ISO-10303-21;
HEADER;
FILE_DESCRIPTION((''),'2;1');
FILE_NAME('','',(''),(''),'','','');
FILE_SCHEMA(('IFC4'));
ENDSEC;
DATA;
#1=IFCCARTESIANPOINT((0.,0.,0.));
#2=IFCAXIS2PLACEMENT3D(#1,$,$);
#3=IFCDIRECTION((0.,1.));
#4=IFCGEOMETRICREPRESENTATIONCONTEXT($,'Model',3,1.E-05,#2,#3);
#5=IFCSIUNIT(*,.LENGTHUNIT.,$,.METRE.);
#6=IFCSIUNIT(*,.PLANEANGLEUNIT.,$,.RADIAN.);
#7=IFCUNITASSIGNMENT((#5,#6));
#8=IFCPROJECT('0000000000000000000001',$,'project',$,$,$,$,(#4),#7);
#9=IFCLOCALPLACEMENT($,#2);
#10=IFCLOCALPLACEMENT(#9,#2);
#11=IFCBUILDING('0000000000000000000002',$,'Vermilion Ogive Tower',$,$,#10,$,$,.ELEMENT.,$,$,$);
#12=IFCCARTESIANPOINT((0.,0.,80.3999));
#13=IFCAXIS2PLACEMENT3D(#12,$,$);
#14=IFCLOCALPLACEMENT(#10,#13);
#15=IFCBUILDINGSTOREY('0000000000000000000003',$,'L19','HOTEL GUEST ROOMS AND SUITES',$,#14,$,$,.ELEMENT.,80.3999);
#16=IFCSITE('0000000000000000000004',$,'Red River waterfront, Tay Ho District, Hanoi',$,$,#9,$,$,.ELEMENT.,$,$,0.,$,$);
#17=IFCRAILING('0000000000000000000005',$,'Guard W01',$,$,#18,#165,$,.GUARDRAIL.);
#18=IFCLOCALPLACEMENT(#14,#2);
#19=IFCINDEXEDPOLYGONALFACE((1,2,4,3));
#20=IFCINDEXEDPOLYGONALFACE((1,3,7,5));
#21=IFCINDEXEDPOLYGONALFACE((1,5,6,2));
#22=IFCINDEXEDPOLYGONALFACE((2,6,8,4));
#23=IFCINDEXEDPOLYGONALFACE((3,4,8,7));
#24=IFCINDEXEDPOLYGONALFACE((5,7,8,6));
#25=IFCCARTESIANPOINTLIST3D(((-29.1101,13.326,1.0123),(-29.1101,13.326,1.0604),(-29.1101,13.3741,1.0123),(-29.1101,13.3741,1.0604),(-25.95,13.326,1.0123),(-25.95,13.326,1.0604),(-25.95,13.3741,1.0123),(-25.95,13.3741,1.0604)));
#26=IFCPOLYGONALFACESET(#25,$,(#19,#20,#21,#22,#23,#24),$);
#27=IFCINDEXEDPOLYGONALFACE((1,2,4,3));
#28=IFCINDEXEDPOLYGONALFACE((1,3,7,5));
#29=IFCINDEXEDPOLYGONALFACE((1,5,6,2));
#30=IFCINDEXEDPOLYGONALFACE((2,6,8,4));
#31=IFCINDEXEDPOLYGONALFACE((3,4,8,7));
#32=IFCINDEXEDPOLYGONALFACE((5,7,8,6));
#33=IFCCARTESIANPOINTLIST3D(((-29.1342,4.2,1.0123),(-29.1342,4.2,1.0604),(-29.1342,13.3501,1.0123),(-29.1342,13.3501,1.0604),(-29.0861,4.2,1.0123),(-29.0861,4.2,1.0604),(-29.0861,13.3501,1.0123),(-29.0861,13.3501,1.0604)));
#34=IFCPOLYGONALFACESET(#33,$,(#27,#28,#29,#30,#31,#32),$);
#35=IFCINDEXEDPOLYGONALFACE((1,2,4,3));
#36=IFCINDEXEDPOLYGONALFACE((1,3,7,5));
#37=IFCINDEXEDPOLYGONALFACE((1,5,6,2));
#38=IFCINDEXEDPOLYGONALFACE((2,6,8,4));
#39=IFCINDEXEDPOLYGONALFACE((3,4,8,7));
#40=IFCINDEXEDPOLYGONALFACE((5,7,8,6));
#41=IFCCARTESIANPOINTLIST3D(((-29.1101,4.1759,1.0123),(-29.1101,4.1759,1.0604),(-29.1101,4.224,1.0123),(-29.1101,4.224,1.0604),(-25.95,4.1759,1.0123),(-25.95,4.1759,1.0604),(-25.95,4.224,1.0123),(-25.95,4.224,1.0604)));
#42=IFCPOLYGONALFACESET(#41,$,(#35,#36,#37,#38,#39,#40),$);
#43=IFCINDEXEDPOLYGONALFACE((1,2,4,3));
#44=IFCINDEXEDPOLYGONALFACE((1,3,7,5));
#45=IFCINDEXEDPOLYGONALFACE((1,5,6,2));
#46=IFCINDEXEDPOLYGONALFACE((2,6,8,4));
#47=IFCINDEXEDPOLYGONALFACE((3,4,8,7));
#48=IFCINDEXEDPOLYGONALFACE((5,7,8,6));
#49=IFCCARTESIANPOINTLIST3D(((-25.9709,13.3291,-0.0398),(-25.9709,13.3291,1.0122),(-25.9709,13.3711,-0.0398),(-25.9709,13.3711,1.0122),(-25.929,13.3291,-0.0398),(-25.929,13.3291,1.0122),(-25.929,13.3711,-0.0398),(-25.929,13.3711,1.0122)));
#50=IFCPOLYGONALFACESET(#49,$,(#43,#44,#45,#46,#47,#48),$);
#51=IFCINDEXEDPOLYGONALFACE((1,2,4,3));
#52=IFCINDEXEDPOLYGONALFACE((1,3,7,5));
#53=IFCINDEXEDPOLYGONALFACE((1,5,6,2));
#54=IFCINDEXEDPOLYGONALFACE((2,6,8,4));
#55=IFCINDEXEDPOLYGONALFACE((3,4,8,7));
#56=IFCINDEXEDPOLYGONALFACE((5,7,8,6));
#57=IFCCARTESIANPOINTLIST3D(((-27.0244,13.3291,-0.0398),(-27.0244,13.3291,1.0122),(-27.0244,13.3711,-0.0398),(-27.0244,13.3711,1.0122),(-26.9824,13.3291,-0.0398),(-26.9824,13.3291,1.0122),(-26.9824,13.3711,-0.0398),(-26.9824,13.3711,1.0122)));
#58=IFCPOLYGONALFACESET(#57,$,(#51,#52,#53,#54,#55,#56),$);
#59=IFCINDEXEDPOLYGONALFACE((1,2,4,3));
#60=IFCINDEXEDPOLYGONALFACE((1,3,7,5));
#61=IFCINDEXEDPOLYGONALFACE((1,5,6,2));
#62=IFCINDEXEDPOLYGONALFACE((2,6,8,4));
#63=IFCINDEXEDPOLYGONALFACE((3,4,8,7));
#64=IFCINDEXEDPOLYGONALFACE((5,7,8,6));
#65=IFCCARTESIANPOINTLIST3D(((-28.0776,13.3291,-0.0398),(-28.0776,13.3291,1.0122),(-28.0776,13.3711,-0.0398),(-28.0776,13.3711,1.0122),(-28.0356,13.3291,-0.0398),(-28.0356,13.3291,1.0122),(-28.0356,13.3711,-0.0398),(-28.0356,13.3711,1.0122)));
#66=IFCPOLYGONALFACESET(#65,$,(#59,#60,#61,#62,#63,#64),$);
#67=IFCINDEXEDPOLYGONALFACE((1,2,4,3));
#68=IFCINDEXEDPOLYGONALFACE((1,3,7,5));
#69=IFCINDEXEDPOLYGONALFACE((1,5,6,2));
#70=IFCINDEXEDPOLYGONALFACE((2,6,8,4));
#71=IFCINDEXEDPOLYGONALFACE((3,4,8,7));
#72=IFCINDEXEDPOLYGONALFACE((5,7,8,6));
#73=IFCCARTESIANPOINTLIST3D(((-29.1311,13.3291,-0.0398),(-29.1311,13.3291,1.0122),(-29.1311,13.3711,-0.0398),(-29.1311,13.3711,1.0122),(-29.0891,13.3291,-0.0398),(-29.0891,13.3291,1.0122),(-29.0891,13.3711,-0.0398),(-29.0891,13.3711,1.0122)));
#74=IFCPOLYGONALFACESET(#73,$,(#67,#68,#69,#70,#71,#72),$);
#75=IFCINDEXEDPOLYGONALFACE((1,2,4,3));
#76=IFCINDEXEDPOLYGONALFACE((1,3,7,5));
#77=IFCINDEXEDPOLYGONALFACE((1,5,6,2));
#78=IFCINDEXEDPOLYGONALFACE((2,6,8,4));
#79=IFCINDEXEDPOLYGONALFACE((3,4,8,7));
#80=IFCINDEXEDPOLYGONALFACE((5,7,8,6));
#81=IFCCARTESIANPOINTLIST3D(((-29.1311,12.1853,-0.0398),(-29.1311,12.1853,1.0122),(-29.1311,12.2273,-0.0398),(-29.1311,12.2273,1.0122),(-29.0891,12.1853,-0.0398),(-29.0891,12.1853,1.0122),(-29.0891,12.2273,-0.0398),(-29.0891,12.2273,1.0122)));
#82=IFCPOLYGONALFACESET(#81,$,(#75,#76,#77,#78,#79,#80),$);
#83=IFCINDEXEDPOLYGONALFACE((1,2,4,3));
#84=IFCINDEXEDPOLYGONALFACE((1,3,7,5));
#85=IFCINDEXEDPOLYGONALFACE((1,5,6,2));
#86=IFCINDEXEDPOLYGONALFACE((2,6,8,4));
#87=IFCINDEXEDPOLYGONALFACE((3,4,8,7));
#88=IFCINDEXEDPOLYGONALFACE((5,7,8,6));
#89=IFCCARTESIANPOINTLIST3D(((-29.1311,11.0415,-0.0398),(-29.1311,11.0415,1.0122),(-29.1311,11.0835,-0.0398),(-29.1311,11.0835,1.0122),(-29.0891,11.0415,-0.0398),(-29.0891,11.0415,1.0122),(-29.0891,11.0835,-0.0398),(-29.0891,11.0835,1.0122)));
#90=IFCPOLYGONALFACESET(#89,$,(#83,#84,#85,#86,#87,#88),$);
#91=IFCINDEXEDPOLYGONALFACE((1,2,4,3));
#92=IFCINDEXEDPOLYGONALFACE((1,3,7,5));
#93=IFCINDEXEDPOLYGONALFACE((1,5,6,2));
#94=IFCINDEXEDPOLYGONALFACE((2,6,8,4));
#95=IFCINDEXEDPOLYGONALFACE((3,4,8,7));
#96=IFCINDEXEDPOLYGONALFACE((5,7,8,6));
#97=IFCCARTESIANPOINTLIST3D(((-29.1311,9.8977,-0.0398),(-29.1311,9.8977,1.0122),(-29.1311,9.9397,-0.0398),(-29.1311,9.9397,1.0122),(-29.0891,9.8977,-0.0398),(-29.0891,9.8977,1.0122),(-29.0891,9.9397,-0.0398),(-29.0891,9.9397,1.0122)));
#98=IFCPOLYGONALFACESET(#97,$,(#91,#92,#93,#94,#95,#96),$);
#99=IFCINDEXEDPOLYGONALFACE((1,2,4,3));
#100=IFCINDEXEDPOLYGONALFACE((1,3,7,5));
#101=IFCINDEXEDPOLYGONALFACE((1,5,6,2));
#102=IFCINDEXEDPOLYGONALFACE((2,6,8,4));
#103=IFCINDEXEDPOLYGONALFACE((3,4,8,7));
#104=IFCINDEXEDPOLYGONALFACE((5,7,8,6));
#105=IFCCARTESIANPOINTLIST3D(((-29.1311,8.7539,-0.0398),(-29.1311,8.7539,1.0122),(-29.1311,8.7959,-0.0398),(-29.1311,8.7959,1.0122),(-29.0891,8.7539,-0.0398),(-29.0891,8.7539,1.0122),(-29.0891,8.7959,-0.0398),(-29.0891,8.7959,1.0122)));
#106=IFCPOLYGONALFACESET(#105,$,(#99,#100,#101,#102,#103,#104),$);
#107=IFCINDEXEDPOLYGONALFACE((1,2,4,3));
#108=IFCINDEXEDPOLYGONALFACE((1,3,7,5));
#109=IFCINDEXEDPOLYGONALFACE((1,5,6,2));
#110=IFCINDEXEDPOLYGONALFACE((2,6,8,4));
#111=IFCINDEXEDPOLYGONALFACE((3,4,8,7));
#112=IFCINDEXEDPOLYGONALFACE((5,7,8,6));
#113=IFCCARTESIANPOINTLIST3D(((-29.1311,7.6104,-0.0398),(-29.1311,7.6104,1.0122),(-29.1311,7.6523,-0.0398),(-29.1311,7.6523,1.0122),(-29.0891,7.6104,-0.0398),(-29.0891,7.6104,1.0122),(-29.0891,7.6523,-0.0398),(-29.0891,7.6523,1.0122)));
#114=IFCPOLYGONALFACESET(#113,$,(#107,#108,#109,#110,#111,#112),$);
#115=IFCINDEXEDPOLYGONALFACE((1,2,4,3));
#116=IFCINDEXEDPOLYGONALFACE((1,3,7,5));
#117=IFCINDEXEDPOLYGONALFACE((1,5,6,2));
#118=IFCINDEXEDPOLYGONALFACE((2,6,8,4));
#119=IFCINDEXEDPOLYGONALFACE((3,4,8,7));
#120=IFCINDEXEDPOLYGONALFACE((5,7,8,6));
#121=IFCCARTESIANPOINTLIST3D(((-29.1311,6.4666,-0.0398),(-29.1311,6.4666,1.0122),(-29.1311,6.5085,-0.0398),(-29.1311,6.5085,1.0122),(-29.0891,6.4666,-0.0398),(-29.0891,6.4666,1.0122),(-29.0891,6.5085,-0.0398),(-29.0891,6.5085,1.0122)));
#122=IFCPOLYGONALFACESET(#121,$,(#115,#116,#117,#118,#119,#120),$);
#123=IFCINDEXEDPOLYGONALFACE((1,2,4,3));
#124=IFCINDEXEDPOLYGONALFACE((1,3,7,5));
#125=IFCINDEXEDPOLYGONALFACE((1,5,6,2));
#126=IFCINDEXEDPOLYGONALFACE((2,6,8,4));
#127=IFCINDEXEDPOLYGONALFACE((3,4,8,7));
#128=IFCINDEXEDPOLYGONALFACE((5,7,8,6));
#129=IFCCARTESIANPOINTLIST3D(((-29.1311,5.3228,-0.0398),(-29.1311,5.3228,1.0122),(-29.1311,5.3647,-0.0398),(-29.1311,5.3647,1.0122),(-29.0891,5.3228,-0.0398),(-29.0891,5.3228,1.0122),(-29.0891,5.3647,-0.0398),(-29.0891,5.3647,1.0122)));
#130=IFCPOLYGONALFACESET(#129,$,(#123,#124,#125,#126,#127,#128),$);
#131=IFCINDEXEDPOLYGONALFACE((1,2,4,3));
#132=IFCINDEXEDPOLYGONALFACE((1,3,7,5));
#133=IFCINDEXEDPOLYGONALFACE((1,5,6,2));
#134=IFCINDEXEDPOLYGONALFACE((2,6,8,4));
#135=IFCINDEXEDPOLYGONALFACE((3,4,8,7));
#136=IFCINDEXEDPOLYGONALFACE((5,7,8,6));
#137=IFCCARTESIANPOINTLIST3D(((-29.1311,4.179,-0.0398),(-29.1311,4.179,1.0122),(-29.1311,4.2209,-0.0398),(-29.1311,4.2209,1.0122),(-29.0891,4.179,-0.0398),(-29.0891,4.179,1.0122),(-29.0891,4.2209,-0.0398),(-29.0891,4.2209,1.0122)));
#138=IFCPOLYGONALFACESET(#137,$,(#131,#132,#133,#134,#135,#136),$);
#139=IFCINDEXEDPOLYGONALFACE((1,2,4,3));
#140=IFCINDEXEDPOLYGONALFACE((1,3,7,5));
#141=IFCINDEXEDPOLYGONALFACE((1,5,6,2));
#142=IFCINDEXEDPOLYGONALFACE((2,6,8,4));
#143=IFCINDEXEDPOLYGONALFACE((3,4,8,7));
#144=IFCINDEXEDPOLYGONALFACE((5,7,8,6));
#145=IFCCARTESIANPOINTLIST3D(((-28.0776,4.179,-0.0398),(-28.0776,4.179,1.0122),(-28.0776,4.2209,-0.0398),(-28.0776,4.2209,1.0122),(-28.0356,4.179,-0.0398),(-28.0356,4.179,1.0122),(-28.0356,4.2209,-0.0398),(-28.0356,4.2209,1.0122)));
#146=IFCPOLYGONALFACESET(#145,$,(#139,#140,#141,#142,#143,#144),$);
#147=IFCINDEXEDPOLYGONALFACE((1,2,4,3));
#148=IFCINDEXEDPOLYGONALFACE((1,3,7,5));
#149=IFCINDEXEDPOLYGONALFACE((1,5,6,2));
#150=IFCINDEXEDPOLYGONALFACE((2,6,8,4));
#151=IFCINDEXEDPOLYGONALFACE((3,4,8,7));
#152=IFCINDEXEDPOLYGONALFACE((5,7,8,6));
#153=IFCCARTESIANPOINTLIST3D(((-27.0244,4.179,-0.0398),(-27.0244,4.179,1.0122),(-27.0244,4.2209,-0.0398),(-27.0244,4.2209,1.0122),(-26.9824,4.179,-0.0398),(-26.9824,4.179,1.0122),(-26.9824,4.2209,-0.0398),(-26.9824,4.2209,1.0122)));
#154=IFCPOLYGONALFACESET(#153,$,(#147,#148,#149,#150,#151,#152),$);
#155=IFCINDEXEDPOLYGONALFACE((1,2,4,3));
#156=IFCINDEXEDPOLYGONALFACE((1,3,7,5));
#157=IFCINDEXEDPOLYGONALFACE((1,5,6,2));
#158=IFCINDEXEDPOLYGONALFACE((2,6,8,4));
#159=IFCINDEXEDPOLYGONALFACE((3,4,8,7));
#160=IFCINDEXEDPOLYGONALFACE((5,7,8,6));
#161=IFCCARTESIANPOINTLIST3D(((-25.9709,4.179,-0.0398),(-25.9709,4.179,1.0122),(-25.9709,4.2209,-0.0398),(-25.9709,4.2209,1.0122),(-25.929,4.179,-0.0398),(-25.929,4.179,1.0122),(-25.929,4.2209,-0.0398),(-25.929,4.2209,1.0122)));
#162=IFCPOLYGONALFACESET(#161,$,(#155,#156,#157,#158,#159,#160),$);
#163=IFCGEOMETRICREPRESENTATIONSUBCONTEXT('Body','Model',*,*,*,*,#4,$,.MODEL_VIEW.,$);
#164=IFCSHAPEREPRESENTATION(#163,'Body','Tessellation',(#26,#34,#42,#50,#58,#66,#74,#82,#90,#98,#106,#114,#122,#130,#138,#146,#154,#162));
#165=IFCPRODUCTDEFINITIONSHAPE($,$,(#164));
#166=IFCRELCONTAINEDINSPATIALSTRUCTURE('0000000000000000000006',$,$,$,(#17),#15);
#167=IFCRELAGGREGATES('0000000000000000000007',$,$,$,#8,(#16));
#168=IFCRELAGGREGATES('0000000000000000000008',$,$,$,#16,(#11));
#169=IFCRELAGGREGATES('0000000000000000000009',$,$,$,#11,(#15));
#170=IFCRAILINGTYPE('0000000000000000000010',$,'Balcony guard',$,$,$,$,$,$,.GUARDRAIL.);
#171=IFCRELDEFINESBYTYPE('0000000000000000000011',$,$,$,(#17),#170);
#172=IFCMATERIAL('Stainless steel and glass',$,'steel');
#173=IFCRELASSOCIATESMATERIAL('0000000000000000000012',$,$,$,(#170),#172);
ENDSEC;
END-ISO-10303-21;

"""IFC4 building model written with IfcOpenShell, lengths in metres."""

from ifc_helpers import new_model, si_unit, direction, frame, origin, origin_2d, place, context, subcontext, project, spatial, rectangle, extrude, material, type_object, element, save


model = new_model("IFC4")

# Units and contexts
model_context = context("Model", 3, precision=1e-05, world=origin(), true_north=direction((0.0, 1.0)))
body_context = subcontext(model_context, "Body", "Model", "MODEL_VIEW")
ifc_project = project(units=[si_unit("LENGTHUNIT", "METRE"), si_unit("PLANEANGLEUNIT", "RADIAN")], contexts=[model_context])

# Site, building, storey
site_placement = place(None, origin())
site = spatial("IfcSite", under=ifc_project, at=site_placement, Name="Red River waterfront, Tay Ho District, Hanoi", CompositionType="ELEMENT", RefElevation=0.0)
building_placement = place(site_placement, origin())
building = spatial("IfcBuilding", under=site, at=building_placement, Name="Vermilion Ogive Tower", CompositionType="ELEMENT")
storey_placement = place(building_placement, frame((0.0, 0.0, 80.3999)))
storey = spatial("IfcBuildingStorey", under=building, at=storey_placement, Name="L19", Description="HOTEL GUEST ROOMS AND SUITES", CompositionType="ELEMENT", Elevation=80.3999)

# Railing
ifc_material_1 = material(Name="Stainless steel and glass", Category="steel")
railing_type = type_object("IfcRailingType", Name="Balcony guard", PredefinedType="GUARDRAIL", material=ifc_material_1)
railing_placement = place(storey_placement, frame((-25.95, 13.3501, -0.0398)))
element("IfcRailing", 1, at=railing_placement, inside=storey, type_object=railing_type, Name="Guard W01", PredefinedType="GUARDRAIL", context=body_context, shape_type="SweptSolid", body=[
    extrude(rectangle(XDim=0.0481, YDim=0.0481, at=origin_2d()), frame((0.0, 0.0, 1.0762), z_axis=(-1.0, 0.0, 0.0), x_axis=(0.0, -1.0, 0.0)), (0.0, 0.0, 1.0), 3.1602),
    extrude(rectangle(XDim=0.0481, YDim=0.0481, at=origin_2d()), frame((-3.1602, 0.0, 1.0762), z_axis=(0.0, -1.0, 0.0), x_axis=(1.0, 0.0, 0.0)), (0.0, 0.0, 1.0), 9.1501),
    extrude(rectangle(XDim=0.0481, YDim=0.0481, at=origin_2d()), frame((-3.1602, -9.1501, 1.0762), z_axis=(1.0, 0.0, 0.0), x_axis=(0.0, 1.0, 0.0)), (0.0, 0.0, 1.0), 3.1602),
    extrude(rectangle(XDim=0.042, YDim=0.042, at=origin_2d()), origin(), (0.0, 0.0, 1.0), 1.052),
    extrude(rectangle(XDim=0.042, YDim=0.042, at=origin_2d()), frame((-1.0535, 0.0, 0.0)), (0.0, 0.0, 1.0), 1.052),
    extrude(rectangle(XDim=0.042, YDim=0.042, at=origin_2d()), frame((-2.1067, 0.0, 0.0)), (0.0, 0.0, 1.0), 1.052),
    extrude(rectangle(XDim=0.042, YDim=0.042, at=origin_2d()), frame((-3.1602, 0.0, 0.0)), (0.0, 0.0, 1.0), 1.052),
    extrude(rectangle(XDim=0.042, YDim=0.042, at=origin_2d()), frame((-3.1602, -1.1438, 0.0)), (0.0, 0.0, 1.0), 1.052),
    extrude(rectangle(XDim=0.042, YDim=0.042, at=origin_2d()), frame((-3.1602, -2.2876, 0.0)), (0.0, 0.0, 1.0), 1.052),
    extrude(rectangle(XDim=0.042, YDim=0.042, at=origin_2d()), frame((-3.1602, -3.4314, 0.0)), (0.0, 0.0, 1.0), 1.052),
    extrude(rectangle(XDim=0.042, YDim=0.042, at=origin_2d()), frame((-3.1602, -4.5752, 0.0)), (0.0, 0.0, 1.0), 1.052),
    extrude(rectangle(XDim=0.042, YDim=0.042, at=origin_2d()), frame((-3.1602, -5.7188, 0.0)), (0.0, 0.0, 1.0), 1.052),
    extrude(rectangle(XDim=0.042, YDim=0.042, at=origin_2d()), frame((-3.1602, -6.8625, 0.0)), (0.0, 0.0, 1.0), 1.052),
    extrude(rectangle(XDim=0.042, YDim=0.042, at=origin_2d()), frame((-3.1602, -8.0063, 0.0)), (0.0, 0.0, 1.0), 1.052),
    extrude(rectangle(XDim=0.042, YDim=0.042, at=origin_2d()), frame((-3.1602, -9.1501, 0.0)), (0.0, 0.0, 1.0), 1.052),
    extrude(rectangle(XDim=0.042, YDim=0.042, at=origin_2d()), frame((-2.1067, -9.1501, 0.0)), (0.0, 0.0, 1.0), 1.052),
    extrude(rectangle(XDim=0.042, YDim=0.042, at=origin_2d()), frame((-1.0535, -9.1501, 0.0)), (0.0, 0.0, 1.0), 1.052),
    extrude(rectangle(XDim=0.042, YDim=0.042, at=origin_2d()), frame((0.0, -9.1501, 0.0)), (0.0, 0.0, 1.0), 1.052),
])

save(model, "model.ifc")
